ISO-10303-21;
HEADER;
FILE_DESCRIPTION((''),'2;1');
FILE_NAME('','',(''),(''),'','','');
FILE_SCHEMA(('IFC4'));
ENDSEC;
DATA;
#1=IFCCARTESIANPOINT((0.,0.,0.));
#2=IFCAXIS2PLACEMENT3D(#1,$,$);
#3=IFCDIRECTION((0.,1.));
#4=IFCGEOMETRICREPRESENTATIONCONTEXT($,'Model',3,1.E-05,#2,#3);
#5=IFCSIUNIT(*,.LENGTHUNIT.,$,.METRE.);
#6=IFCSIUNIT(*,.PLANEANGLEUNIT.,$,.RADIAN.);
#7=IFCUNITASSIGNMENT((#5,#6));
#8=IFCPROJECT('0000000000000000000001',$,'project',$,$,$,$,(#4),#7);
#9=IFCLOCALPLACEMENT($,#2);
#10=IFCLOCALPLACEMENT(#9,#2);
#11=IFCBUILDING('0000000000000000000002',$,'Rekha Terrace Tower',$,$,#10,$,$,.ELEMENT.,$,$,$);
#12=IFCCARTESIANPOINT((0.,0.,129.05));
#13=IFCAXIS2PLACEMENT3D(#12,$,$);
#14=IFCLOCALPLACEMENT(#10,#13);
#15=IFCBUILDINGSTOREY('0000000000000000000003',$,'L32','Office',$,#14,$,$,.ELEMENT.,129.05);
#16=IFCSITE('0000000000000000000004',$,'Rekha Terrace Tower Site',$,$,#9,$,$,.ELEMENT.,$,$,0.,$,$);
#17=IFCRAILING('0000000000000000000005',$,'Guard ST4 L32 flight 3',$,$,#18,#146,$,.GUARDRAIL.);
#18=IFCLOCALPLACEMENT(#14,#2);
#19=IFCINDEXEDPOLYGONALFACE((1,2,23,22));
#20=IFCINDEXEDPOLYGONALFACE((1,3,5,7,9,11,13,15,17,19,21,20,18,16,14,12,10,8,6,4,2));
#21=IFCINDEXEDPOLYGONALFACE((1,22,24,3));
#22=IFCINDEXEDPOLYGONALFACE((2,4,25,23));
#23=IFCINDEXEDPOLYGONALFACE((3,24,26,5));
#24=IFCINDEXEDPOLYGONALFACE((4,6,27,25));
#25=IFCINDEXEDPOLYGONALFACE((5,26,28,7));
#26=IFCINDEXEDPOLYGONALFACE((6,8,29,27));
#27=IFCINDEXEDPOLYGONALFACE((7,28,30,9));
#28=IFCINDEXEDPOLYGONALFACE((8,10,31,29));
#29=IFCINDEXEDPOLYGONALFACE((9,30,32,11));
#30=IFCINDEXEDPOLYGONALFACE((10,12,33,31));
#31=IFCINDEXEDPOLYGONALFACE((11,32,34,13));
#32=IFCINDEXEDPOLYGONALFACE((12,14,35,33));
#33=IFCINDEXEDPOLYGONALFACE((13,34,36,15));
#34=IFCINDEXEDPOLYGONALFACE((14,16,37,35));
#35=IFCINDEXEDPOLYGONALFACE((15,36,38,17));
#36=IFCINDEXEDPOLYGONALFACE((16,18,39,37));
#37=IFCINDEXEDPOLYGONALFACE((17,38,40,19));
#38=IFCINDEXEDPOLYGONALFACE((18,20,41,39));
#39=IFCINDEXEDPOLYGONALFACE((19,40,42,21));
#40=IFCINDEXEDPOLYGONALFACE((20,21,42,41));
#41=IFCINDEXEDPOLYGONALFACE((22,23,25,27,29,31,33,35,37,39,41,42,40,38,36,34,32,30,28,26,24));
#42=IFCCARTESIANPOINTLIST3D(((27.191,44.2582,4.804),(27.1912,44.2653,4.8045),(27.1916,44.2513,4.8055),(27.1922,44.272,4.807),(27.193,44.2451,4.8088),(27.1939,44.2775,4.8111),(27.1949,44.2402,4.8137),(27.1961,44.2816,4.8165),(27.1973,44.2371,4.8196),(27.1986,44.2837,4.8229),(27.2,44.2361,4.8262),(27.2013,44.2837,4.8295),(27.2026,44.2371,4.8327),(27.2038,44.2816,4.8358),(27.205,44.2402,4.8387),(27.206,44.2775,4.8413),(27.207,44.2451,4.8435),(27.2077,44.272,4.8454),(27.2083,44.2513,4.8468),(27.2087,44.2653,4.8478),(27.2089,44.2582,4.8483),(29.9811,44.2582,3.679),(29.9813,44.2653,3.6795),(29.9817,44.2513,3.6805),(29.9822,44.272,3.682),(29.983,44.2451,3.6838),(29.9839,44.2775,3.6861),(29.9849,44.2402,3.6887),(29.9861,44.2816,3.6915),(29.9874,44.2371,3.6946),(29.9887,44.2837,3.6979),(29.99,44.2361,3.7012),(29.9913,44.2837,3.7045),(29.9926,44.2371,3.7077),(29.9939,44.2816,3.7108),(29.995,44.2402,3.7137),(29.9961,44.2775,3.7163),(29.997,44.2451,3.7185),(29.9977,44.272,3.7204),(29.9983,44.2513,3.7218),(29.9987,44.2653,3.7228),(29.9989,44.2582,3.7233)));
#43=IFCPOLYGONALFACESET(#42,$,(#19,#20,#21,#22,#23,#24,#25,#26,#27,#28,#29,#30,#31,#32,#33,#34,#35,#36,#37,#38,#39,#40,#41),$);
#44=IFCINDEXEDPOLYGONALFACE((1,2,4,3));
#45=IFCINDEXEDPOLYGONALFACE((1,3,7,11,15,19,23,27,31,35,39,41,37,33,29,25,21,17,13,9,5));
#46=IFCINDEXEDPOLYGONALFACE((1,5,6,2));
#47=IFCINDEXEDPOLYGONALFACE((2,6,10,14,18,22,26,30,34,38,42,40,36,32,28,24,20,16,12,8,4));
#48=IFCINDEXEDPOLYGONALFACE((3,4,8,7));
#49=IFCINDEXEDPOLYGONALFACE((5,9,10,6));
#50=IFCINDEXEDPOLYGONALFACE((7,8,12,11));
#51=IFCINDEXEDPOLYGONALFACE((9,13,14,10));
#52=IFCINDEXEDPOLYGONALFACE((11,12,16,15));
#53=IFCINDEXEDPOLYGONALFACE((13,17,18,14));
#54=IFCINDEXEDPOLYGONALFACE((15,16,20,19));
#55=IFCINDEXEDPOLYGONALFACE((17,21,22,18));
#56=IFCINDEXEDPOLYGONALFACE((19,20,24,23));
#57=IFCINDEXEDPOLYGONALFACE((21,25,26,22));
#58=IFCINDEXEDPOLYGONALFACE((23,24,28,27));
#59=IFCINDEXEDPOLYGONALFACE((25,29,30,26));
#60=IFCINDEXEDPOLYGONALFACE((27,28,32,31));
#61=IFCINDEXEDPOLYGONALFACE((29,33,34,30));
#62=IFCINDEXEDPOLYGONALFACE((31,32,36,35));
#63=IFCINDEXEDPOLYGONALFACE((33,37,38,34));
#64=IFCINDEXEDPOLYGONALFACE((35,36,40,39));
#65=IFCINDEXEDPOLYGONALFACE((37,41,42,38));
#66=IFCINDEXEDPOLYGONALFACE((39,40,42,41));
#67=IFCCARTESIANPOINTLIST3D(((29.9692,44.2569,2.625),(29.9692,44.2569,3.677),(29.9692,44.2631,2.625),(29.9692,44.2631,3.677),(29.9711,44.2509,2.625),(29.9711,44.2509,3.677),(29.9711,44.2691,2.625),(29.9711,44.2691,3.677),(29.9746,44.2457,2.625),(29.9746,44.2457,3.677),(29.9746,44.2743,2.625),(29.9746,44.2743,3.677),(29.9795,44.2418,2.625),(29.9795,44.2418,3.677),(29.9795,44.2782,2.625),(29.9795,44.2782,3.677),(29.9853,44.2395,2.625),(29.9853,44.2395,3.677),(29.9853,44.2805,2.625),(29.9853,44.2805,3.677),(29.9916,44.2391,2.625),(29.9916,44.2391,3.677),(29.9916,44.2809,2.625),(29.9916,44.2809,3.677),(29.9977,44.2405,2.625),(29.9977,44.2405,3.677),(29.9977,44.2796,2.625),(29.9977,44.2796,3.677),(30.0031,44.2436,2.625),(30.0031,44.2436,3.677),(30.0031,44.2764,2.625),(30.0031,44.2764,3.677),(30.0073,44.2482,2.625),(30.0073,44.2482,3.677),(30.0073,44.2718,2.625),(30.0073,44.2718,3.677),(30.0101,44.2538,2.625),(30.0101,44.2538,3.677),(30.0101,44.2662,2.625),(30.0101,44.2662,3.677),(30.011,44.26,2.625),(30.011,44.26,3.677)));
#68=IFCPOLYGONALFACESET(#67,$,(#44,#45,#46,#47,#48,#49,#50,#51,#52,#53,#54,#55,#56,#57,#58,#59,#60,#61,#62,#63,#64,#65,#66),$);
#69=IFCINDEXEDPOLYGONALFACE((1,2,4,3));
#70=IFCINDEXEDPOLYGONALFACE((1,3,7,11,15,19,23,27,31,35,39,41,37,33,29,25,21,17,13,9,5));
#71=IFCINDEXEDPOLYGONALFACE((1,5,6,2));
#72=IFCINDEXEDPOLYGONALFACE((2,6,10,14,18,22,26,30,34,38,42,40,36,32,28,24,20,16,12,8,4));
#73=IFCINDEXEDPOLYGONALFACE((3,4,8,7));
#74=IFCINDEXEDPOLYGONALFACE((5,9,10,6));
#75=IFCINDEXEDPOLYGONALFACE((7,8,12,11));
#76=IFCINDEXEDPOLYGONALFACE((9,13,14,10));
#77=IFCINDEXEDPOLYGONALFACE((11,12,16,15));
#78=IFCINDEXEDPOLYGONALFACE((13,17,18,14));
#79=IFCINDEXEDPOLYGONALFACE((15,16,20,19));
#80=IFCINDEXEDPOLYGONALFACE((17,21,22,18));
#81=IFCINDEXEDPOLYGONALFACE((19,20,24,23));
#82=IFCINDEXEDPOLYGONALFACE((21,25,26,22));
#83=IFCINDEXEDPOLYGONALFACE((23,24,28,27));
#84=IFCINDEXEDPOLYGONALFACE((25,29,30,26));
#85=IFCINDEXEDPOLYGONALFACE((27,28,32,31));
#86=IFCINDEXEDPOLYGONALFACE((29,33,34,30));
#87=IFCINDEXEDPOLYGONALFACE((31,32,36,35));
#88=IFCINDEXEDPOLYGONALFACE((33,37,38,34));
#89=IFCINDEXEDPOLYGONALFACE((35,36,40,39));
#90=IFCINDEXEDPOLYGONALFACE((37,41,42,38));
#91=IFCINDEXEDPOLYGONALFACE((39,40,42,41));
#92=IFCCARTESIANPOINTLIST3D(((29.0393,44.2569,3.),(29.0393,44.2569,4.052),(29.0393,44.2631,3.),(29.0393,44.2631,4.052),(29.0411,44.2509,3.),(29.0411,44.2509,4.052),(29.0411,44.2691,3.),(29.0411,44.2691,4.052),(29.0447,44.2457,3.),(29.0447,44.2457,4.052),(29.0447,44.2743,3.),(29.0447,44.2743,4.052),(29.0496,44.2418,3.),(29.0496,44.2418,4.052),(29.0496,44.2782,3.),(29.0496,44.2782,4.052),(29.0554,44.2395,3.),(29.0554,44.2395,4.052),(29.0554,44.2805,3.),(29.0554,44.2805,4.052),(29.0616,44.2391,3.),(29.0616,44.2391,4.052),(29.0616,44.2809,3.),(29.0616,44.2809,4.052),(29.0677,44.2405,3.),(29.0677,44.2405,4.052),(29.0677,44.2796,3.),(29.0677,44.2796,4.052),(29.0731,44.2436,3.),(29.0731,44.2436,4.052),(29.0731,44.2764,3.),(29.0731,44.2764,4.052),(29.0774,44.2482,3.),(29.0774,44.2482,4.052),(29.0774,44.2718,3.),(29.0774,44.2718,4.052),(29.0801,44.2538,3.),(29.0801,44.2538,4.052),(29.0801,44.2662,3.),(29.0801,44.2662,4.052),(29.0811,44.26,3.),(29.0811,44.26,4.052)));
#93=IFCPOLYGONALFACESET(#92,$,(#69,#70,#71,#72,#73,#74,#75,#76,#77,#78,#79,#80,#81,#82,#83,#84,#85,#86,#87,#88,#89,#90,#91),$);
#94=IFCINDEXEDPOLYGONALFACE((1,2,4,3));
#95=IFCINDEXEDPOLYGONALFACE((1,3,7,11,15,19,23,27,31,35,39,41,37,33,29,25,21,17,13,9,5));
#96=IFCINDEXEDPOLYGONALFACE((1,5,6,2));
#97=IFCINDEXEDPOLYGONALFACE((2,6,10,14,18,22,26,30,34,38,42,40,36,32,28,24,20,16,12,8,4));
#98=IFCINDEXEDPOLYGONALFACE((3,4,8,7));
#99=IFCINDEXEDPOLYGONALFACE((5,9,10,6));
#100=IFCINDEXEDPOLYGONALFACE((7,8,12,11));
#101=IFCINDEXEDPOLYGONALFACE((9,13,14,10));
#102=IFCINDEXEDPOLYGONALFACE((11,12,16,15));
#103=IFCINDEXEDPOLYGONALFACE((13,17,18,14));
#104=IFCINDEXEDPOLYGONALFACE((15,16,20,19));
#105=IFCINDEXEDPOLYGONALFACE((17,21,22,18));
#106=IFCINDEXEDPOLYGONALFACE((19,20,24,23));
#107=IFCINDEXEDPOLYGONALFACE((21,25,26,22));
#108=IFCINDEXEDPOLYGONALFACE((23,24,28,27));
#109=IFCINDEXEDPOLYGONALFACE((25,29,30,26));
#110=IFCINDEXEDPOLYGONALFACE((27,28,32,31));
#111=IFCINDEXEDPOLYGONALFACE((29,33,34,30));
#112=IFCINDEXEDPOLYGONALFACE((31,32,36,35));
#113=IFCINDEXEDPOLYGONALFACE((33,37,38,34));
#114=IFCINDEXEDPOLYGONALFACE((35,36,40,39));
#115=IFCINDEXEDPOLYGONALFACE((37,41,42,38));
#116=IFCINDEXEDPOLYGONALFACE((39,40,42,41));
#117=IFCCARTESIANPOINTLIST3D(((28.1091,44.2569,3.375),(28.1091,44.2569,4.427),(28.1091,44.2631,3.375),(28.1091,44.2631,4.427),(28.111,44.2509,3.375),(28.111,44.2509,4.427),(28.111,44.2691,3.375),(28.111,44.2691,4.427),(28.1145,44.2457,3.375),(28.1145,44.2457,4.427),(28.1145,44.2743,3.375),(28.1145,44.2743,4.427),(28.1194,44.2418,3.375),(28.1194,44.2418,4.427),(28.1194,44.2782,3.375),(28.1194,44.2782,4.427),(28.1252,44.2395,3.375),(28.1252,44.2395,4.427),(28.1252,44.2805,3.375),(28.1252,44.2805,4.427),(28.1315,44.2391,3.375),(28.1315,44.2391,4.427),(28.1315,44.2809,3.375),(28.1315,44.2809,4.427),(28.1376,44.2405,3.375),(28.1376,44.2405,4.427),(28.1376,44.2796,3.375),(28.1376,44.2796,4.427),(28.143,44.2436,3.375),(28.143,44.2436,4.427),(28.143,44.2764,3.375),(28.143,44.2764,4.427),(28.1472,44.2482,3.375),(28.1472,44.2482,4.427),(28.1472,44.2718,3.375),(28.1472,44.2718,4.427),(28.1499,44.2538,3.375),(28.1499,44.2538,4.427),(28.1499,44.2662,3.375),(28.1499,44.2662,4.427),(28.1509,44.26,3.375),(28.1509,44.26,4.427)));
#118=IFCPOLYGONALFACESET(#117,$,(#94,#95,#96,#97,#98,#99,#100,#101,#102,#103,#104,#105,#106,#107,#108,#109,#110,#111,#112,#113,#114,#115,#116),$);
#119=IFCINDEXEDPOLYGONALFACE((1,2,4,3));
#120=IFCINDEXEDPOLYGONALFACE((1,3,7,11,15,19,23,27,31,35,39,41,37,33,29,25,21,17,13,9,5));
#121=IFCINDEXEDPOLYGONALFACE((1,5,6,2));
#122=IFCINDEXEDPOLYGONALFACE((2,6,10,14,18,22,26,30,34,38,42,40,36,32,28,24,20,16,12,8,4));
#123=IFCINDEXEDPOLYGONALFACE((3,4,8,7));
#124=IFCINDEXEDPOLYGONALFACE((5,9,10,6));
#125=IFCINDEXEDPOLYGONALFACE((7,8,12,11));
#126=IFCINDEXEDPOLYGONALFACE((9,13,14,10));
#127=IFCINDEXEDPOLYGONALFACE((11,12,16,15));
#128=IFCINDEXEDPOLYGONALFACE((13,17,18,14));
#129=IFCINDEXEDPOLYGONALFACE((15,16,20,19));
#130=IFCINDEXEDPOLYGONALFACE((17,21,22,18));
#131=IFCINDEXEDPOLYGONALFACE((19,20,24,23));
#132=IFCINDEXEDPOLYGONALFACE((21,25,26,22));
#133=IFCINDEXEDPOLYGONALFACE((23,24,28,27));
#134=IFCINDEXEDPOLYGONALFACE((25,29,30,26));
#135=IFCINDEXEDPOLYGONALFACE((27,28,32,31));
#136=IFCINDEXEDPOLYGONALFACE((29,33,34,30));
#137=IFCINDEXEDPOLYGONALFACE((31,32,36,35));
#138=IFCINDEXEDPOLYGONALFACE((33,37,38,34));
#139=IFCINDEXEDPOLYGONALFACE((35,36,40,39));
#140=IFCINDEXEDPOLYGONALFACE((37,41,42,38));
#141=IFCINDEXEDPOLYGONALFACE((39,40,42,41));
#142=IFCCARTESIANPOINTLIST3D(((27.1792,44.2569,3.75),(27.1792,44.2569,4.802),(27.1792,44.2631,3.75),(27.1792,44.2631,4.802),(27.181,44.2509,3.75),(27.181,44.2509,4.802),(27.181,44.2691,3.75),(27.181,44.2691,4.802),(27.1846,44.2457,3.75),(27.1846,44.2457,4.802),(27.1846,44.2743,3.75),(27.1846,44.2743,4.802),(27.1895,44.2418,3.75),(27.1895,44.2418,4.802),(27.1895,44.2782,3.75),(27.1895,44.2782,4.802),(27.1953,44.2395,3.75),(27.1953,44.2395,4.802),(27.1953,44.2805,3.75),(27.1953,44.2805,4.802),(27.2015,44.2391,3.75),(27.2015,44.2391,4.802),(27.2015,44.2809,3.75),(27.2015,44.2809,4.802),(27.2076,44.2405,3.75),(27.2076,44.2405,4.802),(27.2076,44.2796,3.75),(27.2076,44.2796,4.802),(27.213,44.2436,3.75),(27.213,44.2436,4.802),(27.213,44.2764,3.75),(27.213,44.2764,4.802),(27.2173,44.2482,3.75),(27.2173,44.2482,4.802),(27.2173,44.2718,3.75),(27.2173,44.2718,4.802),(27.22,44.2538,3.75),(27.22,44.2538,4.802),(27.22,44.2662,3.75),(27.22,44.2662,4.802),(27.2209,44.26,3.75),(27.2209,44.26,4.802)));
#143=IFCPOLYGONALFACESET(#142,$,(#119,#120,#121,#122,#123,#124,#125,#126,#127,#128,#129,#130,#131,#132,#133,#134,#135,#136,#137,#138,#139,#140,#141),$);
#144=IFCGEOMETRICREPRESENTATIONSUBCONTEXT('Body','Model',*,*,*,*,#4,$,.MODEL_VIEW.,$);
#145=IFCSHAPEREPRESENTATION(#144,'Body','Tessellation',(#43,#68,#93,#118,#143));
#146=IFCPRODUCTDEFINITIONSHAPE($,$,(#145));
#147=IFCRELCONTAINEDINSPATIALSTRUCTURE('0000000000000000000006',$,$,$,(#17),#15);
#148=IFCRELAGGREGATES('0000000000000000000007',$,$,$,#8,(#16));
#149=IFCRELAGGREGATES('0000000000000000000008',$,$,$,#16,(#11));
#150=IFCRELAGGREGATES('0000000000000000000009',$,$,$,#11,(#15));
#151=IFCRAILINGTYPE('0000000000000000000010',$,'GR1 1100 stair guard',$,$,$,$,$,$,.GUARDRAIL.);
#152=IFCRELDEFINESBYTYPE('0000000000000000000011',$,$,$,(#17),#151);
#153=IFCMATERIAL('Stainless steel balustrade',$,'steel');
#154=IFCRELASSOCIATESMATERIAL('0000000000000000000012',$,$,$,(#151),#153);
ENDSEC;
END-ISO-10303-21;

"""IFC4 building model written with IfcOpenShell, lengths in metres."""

from ifc_helpers import new_model, si_unit, direction, frame, origin, origin_2d, place, context, subcontext, project, spatial, circle, extrude, material, type_object, element, save


model = new_model("IFC4")

# Units and contexts
model_context = context("Model", 3, precision=1e-05, world=origin(), true_north=direction((0.0, 1.0)))
body_context = subcontext(model_context, "Body", "Model", "MODEL_VIEW")
ifc_project = project(units=[si_unit("LENGTHUNIT", "METRE"), si_unit("PLANEANGLEUNIT", "RADIAN")], contexts=[model_context])

# Site, building, storey
site_placement = place(None, origin())
site = spatial("IfcSite", under=ifc_project, at=site_placement, Name="Rekha Terrace Tower Site", CompositionType="ELEMENT", RefElevation=0.0)
building_placement = place(site_placement, origin())
building = spatial("IfcBuilding", under=site, at=building_placement, Name="Rekha Terrace Tower", CompositionType="ELEMENT")
storey_placement = place(building_placement, frame((0.0, 0.0, 129.05)))
storey = spatial("IfcBuildingStorey", under=building, at=storey_placement, Name="L32", Description="Office", CompositionType="ELEMENT", Elevation=129.05)

# Railing
ifc_material_1 = material(Name="Stainless steel balustrade", Category="steel")
railing_type_1 = type_object("IfcRailingType", Name="GR1 1100 stair guard", PredefinedType="GUARDRAIL", material=ifc_material_1)
railing_1_placement = place(storey_placement, frame((29.99, 44.26, 2.625)))
element("IfcRailing", 1, at=railing_1_placement, inside=storey, type_object=railing_type_1, Name="Guard ST4 L32 flight 3", PredefinedType="GUARDRAIL", context=body_context, shape_type="SweptSolid", body=[
    extrude(circle(Radius=0.0239, at=origin_2d()), frame((0.0, 0.0, 1.0762), z_axis=(-0.927443, 0.0, 0.373964), x_axis=(0.0, -1.0, 0.0)), (0.0, 0.0, 1.0), 3.0083),
    extrude(circle(Radius=0.021, at=origin_2d()), origin(), (0.0, 0.0, 1.0), 1.052),
    extrude(circle(Radius=0.021, at=origin_2d()), frame((-0.9299, 0.0, 0.375)), (0.0, 0.0, 1.0), 1.052),
    extrude(circle(Radius=0.021, at=origin_2d()), frame((-1.8601, 0.0, 0.75)), (0.0, 0.0, 1.0), 1.052),
    extrude(circle(Radius=0.021, at=origin_2d()), frame((-2.79, 0.0, 1.125)), (0.0, 0.0, 1.0), 1.052),
])

save(model, "model.ifc")
